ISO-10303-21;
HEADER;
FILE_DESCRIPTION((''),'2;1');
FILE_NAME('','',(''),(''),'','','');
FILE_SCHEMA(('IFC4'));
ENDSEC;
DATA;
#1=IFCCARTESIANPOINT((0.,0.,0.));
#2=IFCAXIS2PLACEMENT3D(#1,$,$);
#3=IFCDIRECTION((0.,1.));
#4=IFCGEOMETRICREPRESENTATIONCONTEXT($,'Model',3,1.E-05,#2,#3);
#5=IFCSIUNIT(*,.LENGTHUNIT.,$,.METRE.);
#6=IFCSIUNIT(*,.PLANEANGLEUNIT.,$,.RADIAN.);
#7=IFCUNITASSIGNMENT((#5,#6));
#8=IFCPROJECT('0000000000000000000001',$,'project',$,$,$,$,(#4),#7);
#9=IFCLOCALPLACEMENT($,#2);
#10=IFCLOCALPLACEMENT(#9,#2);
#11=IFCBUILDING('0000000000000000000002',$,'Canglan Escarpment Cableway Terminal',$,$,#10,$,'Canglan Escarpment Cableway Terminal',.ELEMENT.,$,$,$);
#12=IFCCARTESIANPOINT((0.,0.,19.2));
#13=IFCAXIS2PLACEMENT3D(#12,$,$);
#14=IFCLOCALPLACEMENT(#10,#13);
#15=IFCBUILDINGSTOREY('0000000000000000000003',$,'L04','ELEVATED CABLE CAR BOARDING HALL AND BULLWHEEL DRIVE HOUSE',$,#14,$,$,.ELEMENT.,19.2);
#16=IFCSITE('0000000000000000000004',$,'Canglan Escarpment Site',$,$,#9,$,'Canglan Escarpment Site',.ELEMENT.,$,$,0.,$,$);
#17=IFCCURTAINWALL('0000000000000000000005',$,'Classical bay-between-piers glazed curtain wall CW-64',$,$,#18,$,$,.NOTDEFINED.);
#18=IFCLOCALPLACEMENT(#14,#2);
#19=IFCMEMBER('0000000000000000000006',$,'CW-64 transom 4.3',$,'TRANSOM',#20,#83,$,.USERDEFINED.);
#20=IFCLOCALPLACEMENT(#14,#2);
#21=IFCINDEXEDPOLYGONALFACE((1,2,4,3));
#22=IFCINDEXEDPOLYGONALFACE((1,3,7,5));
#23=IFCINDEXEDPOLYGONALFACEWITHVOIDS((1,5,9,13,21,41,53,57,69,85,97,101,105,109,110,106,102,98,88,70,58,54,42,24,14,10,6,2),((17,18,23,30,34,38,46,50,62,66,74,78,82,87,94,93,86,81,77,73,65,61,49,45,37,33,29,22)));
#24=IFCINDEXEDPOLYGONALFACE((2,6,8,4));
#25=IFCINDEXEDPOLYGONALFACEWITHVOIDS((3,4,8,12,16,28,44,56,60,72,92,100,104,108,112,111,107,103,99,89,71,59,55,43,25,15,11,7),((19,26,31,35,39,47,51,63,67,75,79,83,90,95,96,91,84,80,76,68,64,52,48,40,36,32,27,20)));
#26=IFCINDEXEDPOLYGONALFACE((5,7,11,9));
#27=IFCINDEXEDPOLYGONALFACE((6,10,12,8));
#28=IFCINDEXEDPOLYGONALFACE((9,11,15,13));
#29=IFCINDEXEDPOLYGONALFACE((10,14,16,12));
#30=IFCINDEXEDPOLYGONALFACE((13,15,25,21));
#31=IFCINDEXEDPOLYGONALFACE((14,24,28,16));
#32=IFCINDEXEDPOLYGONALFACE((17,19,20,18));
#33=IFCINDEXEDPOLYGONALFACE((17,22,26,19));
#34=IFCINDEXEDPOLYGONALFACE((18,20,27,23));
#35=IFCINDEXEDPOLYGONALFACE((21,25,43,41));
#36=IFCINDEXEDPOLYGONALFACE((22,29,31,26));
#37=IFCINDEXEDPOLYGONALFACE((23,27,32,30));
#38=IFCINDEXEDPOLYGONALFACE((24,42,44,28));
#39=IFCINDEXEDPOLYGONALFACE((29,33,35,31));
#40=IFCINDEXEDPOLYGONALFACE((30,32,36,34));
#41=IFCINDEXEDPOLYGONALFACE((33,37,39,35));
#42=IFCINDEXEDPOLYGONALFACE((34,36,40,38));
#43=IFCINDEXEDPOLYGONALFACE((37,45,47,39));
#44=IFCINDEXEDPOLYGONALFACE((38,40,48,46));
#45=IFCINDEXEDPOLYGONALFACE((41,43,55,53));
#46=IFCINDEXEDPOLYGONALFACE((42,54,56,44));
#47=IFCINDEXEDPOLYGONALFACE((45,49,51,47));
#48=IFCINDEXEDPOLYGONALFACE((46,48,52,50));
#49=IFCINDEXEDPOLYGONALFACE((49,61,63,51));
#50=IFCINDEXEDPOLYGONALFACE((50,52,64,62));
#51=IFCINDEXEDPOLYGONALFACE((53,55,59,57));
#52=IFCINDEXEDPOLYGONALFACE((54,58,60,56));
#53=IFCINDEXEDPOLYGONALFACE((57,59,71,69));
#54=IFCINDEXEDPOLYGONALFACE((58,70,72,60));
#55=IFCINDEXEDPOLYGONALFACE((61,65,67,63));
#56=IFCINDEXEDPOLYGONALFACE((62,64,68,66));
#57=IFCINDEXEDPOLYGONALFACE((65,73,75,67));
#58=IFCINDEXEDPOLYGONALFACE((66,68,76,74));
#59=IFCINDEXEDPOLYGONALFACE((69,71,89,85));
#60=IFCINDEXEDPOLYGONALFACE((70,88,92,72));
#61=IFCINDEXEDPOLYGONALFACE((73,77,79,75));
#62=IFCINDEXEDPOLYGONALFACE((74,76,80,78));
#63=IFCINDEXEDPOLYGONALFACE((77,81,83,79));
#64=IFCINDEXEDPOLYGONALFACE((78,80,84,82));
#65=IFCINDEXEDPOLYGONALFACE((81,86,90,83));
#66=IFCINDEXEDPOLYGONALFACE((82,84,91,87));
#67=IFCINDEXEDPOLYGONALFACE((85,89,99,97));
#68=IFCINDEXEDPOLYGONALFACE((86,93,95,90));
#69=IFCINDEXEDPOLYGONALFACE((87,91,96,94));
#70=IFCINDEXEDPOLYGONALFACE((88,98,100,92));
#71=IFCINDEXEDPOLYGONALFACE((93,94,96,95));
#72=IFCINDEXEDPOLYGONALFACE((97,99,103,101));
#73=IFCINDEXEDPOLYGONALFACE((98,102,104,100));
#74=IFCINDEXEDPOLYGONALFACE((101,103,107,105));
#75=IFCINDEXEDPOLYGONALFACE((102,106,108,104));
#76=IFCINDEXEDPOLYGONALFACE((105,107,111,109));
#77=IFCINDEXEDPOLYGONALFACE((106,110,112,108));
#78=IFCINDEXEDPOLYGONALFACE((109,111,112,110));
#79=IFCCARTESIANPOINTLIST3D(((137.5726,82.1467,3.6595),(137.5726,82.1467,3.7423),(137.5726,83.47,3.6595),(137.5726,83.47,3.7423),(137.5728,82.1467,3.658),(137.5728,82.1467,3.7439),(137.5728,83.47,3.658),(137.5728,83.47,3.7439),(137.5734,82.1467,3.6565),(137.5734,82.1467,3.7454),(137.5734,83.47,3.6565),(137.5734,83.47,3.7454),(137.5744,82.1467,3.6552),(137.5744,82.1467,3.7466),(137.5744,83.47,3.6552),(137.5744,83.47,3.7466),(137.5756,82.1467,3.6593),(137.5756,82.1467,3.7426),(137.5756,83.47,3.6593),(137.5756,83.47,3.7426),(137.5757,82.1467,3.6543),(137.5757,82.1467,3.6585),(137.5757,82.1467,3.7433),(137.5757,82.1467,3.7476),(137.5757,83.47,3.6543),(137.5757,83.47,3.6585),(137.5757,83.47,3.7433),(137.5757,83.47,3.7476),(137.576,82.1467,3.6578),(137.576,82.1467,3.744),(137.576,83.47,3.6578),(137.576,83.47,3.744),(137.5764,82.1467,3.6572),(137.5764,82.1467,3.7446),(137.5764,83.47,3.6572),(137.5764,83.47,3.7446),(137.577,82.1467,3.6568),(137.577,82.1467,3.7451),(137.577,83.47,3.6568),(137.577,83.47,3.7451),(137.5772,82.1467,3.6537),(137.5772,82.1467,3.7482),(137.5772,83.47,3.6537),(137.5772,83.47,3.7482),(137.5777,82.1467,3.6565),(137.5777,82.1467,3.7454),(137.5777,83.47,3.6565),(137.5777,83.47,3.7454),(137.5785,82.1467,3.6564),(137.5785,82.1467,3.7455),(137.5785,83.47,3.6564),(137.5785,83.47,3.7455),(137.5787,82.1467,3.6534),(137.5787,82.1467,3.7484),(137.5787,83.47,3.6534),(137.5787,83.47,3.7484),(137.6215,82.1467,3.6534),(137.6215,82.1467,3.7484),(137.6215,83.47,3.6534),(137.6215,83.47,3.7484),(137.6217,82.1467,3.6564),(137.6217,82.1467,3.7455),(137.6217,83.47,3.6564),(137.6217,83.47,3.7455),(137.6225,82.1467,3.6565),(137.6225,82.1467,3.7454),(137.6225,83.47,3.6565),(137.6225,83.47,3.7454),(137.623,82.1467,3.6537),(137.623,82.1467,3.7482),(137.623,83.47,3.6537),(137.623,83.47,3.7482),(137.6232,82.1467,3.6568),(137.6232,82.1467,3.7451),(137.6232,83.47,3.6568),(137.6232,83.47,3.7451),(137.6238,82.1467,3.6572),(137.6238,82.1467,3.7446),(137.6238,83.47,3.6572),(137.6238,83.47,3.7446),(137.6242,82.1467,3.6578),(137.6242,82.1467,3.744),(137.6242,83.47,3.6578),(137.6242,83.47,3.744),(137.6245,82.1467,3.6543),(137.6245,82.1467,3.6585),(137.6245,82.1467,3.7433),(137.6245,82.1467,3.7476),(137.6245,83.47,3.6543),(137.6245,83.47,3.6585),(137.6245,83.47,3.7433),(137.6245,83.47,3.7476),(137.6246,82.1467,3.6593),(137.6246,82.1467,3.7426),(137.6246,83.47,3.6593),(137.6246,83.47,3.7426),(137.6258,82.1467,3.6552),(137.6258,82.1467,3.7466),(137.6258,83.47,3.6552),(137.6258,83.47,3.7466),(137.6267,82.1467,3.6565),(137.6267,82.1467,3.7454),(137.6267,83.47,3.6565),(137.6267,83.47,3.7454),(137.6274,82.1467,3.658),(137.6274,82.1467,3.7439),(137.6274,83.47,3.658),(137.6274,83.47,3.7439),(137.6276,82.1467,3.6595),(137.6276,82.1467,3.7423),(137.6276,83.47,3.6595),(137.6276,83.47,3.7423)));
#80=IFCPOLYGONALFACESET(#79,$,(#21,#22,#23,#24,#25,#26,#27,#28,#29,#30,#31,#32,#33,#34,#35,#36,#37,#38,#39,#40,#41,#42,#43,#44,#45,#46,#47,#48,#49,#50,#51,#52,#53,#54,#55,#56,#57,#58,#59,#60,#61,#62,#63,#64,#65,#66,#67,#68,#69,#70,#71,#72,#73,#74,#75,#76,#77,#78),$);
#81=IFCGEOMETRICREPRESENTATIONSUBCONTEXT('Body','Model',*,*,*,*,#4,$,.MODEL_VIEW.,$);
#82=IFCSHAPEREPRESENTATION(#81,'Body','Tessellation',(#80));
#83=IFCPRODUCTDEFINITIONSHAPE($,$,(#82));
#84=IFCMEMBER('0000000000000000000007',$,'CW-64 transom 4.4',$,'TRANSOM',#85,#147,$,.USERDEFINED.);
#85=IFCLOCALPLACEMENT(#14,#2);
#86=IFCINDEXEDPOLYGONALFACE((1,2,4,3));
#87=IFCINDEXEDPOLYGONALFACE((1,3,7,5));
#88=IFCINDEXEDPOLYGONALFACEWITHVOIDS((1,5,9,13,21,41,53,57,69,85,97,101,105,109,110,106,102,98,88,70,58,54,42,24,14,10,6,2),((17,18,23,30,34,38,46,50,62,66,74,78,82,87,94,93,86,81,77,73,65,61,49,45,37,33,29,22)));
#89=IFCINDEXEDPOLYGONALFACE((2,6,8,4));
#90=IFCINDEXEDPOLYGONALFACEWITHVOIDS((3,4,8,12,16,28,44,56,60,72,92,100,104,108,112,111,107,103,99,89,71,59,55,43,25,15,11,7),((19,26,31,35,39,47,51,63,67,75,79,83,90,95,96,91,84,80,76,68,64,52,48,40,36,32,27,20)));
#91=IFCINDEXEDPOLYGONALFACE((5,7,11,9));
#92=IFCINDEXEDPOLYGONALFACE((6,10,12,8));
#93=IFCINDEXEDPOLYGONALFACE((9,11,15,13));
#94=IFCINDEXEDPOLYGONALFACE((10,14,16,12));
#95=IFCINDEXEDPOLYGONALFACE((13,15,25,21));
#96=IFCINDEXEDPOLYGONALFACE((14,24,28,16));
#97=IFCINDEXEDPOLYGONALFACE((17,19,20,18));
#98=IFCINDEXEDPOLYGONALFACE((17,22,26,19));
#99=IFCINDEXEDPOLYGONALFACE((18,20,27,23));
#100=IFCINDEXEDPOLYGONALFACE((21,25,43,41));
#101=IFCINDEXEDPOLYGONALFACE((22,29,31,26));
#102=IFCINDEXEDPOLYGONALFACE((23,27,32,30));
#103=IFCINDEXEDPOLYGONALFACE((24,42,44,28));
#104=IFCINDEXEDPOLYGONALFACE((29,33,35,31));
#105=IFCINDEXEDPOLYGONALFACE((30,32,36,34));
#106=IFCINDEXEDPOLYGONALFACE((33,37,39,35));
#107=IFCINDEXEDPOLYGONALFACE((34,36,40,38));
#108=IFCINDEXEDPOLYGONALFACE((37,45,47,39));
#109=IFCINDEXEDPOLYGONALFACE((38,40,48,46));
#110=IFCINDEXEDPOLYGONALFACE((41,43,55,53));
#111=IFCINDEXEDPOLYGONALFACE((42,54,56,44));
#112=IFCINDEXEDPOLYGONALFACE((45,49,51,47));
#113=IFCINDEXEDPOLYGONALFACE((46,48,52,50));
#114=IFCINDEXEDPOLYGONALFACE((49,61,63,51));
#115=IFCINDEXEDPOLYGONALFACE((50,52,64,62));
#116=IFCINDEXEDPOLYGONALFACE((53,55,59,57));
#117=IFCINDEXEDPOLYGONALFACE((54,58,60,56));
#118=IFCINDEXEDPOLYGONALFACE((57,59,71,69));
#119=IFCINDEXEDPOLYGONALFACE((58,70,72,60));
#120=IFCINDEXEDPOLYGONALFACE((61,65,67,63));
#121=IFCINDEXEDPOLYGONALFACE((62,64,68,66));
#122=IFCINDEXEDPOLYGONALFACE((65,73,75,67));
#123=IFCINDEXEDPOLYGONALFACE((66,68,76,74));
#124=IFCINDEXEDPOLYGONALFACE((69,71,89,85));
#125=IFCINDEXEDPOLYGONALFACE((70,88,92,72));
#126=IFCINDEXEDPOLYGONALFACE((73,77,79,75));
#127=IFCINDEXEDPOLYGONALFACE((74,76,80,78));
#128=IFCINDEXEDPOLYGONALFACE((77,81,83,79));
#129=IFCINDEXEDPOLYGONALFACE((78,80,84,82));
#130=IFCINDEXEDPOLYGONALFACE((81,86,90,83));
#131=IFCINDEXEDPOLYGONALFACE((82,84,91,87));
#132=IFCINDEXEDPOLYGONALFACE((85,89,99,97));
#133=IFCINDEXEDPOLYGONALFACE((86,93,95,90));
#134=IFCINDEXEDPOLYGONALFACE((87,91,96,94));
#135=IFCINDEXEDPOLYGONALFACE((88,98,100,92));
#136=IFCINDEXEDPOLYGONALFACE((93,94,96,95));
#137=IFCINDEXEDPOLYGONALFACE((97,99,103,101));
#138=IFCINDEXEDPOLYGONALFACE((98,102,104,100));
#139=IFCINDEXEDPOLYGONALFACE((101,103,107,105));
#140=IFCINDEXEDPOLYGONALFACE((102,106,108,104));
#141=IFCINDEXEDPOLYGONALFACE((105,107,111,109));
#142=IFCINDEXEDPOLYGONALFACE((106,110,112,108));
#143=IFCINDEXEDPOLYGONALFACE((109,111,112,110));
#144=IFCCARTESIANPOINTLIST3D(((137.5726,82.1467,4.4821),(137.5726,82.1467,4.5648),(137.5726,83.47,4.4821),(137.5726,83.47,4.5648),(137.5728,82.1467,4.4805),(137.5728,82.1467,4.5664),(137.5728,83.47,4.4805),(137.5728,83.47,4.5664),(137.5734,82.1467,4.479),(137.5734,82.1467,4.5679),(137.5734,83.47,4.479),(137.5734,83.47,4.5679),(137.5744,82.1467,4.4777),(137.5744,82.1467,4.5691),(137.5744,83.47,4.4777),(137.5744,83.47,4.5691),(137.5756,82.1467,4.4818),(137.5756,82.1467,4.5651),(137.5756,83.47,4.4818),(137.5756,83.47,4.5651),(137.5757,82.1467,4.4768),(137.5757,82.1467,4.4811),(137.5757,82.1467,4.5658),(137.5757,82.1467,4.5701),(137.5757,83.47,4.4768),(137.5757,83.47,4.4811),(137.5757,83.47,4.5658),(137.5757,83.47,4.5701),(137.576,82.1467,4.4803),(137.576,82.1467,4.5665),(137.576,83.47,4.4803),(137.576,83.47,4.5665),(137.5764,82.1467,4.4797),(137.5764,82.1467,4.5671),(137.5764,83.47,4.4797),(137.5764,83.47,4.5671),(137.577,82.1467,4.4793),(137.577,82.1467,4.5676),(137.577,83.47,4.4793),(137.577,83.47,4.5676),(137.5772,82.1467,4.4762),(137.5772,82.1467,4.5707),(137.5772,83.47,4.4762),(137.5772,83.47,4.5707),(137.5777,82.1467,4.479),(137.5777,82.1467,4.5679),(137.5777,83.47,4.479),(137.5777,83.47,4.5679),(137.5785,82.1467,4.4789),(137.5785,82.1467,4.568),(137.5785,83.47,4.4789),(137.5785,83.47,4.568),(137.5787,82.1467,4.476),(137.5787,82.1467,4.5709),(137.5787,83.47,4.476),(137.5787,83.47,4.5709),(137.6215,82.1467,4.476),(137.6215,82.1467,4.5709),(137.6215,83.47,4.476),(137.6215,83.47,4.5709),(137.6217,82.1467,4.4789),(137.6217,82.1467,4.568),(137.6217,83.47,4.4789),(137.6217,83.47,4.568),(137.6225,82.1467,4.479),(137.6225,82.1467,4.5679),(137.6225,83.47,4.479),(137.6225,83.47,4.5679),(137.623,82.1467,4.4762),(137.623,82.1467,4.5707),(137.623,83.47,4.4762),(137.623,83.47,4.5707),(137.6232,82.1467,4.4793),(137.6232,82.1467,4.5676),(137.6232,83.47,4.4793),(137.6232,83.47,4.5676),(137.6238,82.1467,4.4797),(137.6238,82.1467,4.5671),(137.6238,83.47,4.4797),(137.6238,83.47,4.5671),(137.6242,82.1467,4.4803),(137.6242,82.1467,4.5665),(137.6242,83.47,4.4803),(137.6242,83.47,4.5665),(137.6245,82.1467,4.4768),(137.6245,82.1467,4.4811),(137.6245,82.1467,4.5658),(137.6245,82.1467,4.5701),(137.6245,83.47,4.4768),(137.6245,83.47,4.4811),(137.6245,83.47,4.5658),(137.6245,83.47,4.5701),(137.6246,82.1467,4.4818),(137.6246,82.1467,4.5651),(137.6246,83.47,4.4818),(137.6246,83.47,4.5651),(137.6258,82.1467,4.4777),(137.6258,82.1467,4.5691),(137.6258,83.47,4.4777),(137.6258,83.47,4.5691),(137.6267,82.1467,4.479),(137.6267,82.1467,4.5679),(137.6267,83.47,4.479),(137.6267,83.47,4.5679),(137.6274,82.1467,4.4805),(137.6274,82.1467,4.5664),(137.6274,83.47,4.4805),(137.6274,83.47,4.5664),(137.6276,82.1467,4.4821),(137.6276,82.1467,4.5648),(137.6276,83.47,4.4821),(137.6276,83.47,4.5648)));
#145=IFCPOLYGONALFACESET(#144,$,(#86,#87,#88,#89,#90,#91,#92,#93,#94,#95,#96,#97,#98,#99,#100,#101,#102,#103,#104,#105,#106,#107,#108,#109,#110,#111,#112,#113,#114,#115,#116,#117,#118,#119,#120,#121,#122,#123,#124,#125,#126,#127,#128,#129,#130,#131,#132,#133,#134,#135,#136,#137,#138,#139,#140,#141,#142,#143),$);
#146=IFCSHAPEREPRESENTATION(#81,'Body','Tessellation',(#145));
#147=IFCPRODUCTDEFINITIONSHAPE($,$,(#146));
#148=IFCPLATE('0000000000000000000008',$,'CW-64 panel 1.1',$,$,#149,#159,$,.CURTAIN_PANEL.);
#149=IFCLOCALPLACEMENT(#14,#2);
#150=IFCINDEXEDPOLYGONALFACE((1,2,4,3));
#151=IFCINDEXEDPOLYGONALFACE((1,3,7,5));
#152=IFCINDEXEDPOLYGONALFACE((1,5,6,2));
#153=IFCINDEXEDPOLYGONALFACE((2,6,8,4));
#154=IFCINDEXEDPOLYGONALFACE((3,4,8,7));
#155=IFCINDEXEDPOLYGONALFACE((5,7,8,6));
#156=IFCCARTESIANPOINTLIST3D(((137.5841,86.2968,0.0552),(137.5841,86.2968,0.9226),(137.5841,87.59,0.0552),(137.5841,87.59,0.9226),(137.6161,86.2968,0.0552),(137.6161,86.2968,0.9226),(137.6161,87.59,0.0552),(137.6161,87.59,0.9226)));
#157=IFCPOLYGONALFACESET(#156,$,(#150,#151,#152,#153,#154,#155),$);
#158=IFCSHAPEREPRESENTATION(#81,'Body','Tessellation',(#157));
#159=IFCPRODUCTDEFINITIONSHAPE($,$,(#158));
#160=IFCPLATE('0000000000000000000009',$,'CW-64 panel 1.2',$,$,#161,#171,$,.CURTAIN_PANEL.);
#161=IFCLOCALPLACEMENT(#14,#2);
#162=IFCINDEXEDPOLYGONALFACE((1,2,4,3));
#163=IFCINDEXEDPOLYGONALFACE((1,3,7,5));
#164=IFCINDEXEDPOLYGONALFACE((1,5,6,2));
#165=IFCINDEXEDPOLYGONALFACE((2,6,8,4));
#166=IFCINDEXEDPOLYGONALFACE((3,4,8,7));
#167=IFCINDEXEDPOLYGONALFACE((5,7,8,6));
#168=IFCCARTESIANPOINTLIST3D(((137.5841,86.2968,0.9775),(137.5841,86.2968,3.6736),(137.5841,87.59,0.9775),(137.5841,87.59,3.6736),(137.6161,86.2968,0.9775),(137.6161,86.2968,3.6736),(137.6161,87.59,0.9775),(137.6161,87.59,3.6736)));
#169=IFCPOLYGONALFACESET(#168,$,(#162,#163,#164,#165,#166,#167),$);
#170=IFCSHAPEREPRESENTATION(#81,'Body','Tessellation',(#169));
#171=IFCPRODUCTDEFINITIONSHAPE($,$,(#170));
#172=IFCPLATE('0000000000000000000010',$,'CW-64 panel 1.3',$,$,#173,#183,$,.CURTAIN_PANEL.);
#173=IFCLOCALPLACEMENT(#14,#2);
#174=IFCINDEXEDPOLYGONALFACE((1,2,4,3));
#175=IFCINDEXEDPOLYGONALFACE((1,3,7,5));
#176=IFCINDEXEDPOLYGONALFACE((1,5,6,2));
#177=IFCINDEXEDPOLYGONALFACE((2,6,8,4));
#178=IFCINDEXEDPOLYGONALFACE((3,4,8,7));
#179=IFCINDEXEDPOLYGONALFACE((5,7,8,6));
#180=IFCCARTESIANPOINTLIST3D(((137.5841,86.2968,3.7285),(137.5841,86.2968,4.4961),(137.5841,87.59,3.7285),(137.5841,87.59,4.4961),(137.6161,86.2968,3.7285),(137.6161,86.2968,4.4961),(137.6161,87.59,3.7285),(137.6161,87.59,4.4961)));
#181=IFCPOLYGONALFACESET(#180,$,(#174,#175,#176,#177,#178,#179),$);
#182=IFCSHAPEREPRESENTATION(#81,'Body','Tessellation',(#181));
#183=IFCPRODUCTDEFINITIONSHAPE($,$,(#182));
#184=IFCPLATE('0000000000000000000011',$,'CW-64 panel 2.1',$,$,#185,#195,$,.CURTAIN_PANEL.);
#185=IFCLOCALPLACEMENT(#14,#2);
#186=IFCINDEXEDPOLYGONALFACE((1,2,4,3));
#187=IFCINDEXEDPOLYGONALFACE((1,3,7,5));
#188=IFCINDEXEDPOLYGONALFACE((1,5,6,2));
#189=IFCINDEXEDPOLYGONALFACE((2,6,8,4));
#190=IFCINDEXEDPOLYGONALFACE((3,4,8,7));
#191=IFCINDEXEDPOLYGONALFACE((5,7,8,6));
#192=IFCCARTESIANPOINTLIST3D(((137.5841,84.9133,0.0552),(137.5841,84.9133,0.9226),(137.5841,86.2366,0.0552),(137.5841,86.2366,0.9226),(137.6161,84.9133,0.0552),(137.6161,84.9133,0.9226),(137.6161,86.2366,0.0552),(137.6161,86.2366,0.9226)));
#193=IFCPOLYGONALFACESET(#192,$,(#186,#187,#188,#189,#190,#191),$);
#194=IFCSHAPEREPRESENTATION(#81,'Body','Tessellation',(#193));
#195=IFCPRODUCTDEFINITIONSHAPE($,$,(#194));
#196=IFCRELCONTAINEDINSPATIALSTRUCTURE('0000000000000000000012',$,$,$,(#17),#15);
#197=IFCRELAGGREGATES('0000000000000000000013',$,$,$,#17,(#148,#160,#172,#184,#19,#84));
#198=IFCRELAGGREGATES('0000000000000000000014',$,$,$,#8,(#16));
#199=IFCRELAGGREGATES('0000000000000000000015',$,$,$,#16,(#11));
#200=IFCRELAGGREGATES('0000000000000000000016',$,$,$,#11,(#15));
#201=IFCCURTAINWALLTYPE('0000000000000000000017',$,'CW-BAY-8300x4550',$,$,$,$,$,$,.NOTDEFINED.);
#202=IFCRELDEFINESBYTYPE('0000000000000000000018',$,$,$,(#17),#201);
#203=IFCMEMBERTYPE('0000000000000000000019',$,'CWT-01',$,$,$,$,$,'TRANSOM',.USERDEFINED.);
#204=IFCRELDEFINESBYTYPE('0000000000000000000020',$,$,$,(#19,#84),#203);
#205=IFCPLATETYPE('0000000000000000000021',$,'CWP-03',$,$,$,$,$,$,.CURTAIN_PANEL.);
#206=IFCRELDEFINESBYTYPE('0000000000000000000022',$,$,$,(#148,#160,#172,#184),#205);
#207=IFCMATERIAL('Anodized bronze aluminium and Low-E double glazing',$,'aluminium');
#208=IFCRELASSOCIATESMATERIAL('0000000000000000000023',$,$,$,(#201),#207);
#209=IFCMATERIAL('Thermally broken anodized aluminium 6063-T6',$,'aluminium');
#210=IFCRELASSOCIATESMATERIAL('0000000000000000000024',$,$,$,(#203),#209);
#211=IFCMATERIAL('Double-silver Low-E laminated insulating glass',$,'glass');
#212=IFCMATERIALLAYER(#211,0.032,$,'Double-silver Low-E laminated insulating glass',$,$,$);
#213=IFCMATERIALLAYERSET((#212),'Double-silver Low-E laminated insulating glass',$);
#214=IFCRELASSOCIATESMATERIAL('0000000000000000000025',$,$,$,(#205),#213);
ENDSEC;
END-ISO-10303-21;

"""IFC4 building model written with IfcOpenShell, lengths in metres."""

from ifc_helpers import new_model, si_unit, direction, frame, origin, origin_2d, place, context, subcontext, project, spatial, rectangle, hollow_rectangle, extrude, material, layer, layer_set, material_profile, profile_set, type_object, element, aggregate, save


model = new_model("IFC4")

# Units and contexts
model_context = context("Model", 3, precision=1e-05, world=origin(), true_north=direction((0.0, 1.0)))
body_context = subcontext(model_context, "Body", "Model", "MODEL_VIEW")
ifc_project = project(units=[si_unit("LENGTHUNIT", "METRE"), si_unit("PLANEANGLEUNIT", "RADIAN")], contexts=[model_context])

# Site, building, storey
site_placement = place(None, origin())
site = spatial("IfcSite", under=ifc_project, at=site_placement, Name="Canglan Escarpment Site", LongName="Canglan Escarpment Site", CompositionType="ELEMENT", RefElevation=0.0)
building_placement = place(site_placement, origin())
building = spatial("IfcBuilding", under=site, at=building_placement, Name="Canglan Escarpment Cableway Terminal", LongName="Canglan Escarpment Cableway Terminal", CompositionType="ELEMENT")
storey_placement = place(building_placement, frame((0.0, 0.0, 19.2)))
storey = spatial("IfcBuildingStorey", under=building, at=storey_placement, Name="L04", Description="ELEVATED CABLE CAR BOARDING HALL AND BULLWHEEL DRIVE HOUSE", CompositionType="ELEMENT", Elevation=19.2)

# Curtain wall, members, plates
ifc_material_1 = material(Name="Anodized bronze aluminium and Low-E double glazing", Category="aluminium")
curtain_wall_type = type_object("IfcCurtainWallType", Name="CW-BAY-8300x4550", PredefinedType="NOTDEFINED", material=ifc_material_1)
curtain_wall_placement = place(storey_placement, origin())
curtain_wall = element("IfcCurtainWall", 1, at=curtain_wall_placement, inside=storey, type_object=curtain_wall_type, Name="Classical bay-between-piers glazed curtain wall CW-64", PredefinedType="NOTDEFINED")
ifc_material_2 = material(Name="Thermally broken anodized aluminium 6063-T6", Category="aluminium")
ifc_material_profile_1 = material_profile(ifc_material_2, hollow_rectangle(XDim=0.0549, YDim=0.095, WallThickness=0.0029, InnerFilletRadius=0.0029, OuterFilletRadius=0.0061, at=origin_2d()), Name="ALU-TRAN 55x95x3")
ifc_profile_set_1 = profile_set([ifc_material_profile_1], Name="Thermally broken anodized aluminium 6063-T6")
member_type_1 = type_object("IfcMemberType", Name="CWT-01", ElementType="TRANSOM", PredefinedType="USERDEFINED", material=ifc_profile_set_1)
member_1_placement = place(storey_placement, frame((137.6001, 83.47, 3.7009), z_axis=(0.0, -1.0, 0.0), x_axis=(1.0, 0.0, 0.0)))
member_1 = element("IfcMember", 2, at=member_1_placement, type_object=member_type_1, Name="CW-64 transom 4.3", ObjectType="TRANSOM", PredefinedType="USERDEFINED", context=body_context, shape_type="SweptSolid", body=[
    extrude(hollow_rectangle(XDim=0.0549, YDim=0.095, WallThickness=0.0029, InnerFilletRadius=0.0029, OuterFilletRadius=0.0061, at=origin_2d()), origin(), (0.0, 0.0, 1.0), 1.3232),
])
member_2_placement = place(storey_placement, frame((137.6001, 83.47, 4.5234), z_axis=(0.0, -1.0, 0.0), x_axis=(1.0, 0.0, 0.0)))
member_2 = element("IfcMember", 3, at=member_2_placement, type_object=member_type_1, Name="CW-64 transom 4.4", ObjectType="TRANSOM", PredefinedType="USERDEFINED", context=body_context, shape_type="SweptSolid", body=[
    extrude(hollow_rectangle(XDim=0.0549, YDim=0.095, WallThickness=0.0029, InnerFilletRadius=0.0029, OuterFilletRadius=0.0061, at=origin_2d()), origin(), (0.0, 0.0, 1.0), 1.3232),
])
ifc_material_3 = material(Name="Double-silver Low-E laminated insulating glass", Category="glass")
ifc_layer = layer(ifc_material_3, 0.032, Name="Double-silver Low-E laminated insulating glass")
ifc_layer_set = layer_set([ifc_layer], Name="Double-silver Low-E laminated insulating glass")
plate_type = type_object("IfcPlateType", Name="CWP-03", PredefinedType="CURTAIN_PANEL", material=ifc_layer_set)
plate_1_placement = place(storey_placement, frame((137.6001, 86.9434, 0.0552), z_axis=(0.0, 0.0, 1.0), x_axis=(0.0, -1.0, 0.0)))
plate_1 = element("IfcPlate", 4, at=plate_1_placement, type_object=plate_type, Name="CW-64 panel 1.1", PredefinedType="CURTAIN_PANEL", context=body_context, shape_type="SweptSolid", body=[
    extrude(rectangle(XDim=1.2932, YDim=0.032, at=origin_2d()), origin(), (0.0, 0.0, 1.0), 0.8674),
])
plate_2_placement = place(storey_placement, frame((137.6001, 86.9434, 0.9775), z_axis=(0.0, 0.0, 1.0), x_axis=(0.0, -1.0, 0.0)))
plate_2 = element("IfcPlate", 5, at=plate_2_placement, type_object=plate_type, Name="CW-64 panel 1.2", PredefinedType="CURTAIN_PANEL", context=body_context, shape_type="SweptSolid", body=[
    extrude(rectangle(XDim=1.2932, YDim=0.032, at=origin_2d()), origin(), (0.0, 0.0, 1.0), 2.696),
])
plate_3_placement = place(storey_placement, frame((137.6001, 86.9434, 3.7285), z_axis=(0.0, 0.0, 1.0), x_axis=(0.0, -1.0, 0.0)))
plate_3 = element("IfcPlate", 6, at=plate_3_placement, type_object=plate_type, Name="CW-64 panel 1.3", PredefinedType="CURTAIN_PANEL", context=body_context, shape_type="SweptSolid", body=[
    extrude(rectangle(XDim=1.2932, YDim=0.032, at=origin_2d()), origin(), (0.0, 0.0, 1.0), 0.7676),
])
plate_4_placement = place(storey_placement, frame((137.6001, 85.575, 0.0552), z_axis=(0.0, 0.0, 1.0), x_axis=(0.0, -1.0, 0.0)))
plate_4 = element("IfcPlate", 7, at=plate_4_placement, type_object=plate_type, Name="CW-64 panel 2.1", PredefinedType="CURTAIN_PANEL", context=body_context, shape_type="SweptSolid", body=[
    extrude(rectangle(XDim=1.3232, YDim=0.032, at=origin_2d()), origin(), (0.0, 0.0, 1.0), 0.8674),
])
aggregate(curtain_wall, [plate_1, plate_2, plate_3, plate_4, member_1, member_2])

save(model, "model.ifc")
